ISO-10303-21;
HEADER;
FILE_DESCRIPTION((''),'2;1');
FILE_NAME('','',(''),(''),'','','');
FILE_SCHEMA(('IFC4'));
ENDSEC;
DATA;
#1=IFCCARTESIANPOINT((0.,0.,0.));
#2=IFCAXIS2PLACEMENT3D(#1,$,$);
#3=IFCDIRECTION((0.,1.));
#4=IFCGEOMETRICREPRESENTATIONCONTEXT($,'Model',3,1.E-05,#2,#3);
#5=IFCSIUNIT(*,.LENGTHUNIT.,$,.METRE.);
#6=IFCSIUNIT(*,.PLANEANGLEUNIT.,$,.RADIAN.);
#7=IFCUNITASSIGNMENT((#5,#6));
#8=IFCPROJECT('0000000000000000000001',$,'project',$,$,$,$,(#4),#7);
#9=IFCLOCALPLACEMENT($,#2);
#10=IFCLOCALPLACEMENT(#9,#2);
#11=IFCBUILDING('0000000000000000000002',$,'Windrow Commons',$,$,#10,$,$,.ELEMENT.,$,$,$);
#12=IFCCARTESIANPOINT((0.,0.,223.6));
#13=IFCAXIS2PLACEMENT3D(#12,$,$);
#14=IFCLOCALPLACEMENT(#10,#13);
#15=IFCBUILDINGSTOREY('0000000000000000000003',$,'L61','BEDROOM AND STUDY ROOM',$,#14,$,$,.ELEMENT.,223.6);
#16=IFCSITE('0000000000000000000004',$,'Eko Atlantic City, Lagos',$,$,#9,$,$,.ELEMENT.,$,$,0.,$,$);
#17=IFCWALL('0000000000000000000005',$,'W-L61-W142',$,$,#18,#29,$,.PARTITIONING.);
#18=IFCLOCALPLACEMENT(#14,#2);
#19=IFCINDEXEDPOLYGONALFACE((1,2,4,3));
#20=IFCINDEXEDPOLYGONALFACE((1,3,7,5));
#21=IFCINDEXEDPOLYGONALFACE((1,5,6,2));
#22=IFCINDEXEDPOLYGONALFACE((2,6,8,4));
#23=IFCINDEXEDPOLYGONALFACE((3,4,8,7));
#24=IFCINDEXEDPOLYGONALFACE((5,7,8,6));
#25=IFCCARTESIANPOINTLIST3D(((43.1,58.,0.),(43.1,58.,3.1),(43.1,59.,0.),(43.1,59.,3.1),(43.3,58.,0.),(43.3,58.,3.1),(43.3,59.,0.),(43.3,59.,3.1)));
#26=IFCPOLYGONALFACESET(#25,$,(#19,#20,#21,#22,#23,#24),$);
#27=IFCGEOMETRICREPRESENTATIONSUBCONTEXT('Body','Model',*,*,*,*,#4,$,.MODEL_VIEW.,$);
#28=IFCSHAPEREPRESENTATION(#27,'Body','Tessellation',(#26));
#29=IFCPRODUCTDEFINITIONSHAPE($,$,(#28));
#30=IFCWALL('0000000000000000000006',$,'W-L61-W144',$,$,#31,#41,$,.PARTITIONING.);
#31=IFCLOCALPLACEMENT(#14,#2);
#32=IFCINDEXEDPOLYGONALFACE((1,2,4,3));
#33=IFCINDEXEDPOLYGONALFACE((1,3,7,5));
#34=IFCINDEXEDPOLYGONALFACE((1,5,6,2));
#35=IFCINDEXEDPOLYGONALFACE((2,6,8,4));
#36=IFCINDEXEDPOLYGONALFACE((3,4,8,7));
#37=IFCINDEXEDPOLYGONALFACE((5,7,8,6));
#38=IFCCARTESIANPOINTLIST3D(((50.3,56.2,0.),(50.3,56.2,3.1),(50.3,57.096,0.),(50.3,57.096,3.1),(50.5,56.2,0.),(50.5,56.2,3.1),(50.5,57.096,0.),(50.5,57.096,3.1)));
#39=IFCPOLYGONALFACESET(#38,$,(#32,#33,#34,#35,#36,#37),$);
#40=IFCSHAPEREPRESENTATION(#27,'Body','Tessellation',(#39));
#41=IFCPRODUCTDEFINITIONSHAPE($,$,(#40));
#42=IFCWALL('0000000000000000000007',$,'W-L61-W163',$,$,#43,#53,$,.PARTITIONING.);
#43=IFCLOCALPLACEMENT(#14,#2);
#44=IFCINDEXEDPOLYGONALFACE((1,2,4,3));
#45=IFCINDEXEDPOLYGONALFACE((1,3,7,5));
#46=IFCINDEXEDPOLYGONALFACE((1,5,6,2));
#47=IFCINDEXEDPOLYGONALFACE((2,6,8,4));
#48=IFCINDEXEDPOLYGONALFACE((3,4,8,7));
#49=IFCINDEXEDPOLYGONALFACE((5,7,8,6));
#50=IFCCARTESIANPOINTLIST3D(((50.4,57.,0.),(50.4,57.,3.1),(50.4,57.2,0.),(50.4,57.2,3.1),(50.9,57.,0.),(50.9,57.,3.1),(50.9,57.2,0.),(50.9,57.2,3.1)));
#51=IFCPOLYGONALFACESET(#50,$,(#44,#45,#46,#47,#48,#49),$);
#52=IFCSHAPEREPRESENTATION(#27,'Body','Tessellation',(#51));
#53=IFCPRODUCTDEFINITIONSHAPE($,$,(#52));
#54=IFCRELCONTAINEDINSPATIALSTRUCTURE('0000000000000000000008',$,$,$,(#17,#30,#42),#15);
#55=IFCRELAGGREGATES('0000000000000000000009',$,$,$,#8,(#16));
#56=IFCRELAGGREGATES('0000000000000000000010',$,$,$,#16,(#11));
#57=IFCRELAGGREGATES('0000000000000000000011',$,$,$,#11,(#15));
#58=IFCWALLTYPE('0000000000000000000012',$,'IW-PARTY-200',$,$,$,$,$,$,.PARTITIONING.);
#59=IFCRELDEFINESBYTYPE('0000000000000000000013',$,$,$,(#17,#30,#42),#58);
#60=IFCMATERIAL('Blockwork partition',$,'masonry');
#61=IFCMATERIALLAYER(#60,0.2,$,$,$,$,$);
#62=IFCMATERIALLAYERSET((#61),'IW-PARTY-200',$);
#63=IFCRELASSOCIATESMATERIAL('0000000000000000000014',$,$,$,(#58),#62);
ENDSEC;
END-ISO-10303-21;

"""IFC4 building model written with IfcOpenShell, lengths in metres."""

from ifc_helpers import new_model, si_unit, direction, frame, frame_2d, origin, place, context, subcontext, project, spatial, rectangle, extrude, material, layer, layer_set, type_object, element, save


model = new_model("IFC4")

# Units and contexts
model_context = context("Model", 3, precision=1e-05, world=origin(), true_north=direction((0.0, 1.0)))
body_context = subcontext(model_context, "Body", "Model", "MODEL_VIEW")
ifc_project = project(units=[si_unit("LENGTHUNIT", "METRE"), si_unit("PLANEANGLEUNIT", "RADIAN")], contexts=[model_context])

# Site, building, storey
site_placement = place(None, origin())
site = spatial("IfcSite", under=ifc_project, at=site_placement, Name="Eko Atlantic City, Lagos", CompositionType="ELEMENT", RefElevation=0.0)
building_placement = place(site_placement, origin())
building = spatial("IfcBuilding", under=site, at=building_placement, Name="Windrow Commons", CompositionType="ELEMENT")
storey_placement = place(building_placement, frame((0.0, 0.0, 223.6)))
storey = spatial("IfcBuildingStorey", under=building, at=storey_placement, Name="L61", Description="BEDROOM AND STUDY ROOM", CompositionType="ELEMENT", Elevation=223.6)

# Walls
ifc_material_1 = material(Name="Blockwork partition", Category="masonry")
ifc_layer_1 = layer(ifc_material_1, 0.2)
ifc_layer_set_1 = layer_set([ifc_layer_1], Name="IW-PARTY-200")
wall_type_1 = type_object("IfcWallType", Name="IW-PARTY-200", PredefinedType="PARTITIONING", material=ifc_layer_set_1)
wall_1_placement = place(storey_placement, frame((43.2, 58.0, 0.0), z_axis=(0.0, 0.0, 1.0), x_axis=(0.0, 1.0, 0.0)))
element("IfcWall", 1, at=wall_1_placement, inside=storey, type_object=wall_type_1, Name="W-L61-W142", PredefinedType="PARTITIONING", context=body_context, shape_type="SweptSolid", body=[
    extrude(rectangle(XDim=1.0, YDim=0.2, at=frame_2d((0.5, 0.0))), origin(), (0.0, 0.0, 1.0), 3.1),
])
wall_2_placement = place(storey_placement, frame((50.4, 56.2, 0.0), z_axis=(0.0, 0.0, 1.0), x_axis=(0.0, 1.0, 0.0)))
element("IfcWall", 2, at=wall_2_placement, inside=storey, type_object=wall_type_1, Name="W-L61-W144", PredefinedType="PARTITIONING", context=body_context, shape_type="SweptSolid", body=[
    extrude(rectangle(XDim=0.896, YDim=0.2, at=frame_2d((0.448, 0.0))), origin(), (0.0, 0.0, 1.0), 3.1),
])
wall_3_placement = place(storey_placement, frame((50.4, 57.1, 0.0), z_axis=(0.0, 0.0, 1.0), x_axis=(1.0, 0.0, 0.0)))
element("IfcWall", 3, at=wall_3_placement, inside=storey, type_object=wall_type_1, Name="W-L61-W163", PredefinedType="PARTITIONING", context=body_context, shape_type="SweptSolid", body=[
    extrude(rectangle(XDim=0.5, YDim=0.2, at=frame_2d((0.25, 0.0))), origin(), (0.0, 0.0, 1.0), 3.1),
])

save(model, "model.ifc")
